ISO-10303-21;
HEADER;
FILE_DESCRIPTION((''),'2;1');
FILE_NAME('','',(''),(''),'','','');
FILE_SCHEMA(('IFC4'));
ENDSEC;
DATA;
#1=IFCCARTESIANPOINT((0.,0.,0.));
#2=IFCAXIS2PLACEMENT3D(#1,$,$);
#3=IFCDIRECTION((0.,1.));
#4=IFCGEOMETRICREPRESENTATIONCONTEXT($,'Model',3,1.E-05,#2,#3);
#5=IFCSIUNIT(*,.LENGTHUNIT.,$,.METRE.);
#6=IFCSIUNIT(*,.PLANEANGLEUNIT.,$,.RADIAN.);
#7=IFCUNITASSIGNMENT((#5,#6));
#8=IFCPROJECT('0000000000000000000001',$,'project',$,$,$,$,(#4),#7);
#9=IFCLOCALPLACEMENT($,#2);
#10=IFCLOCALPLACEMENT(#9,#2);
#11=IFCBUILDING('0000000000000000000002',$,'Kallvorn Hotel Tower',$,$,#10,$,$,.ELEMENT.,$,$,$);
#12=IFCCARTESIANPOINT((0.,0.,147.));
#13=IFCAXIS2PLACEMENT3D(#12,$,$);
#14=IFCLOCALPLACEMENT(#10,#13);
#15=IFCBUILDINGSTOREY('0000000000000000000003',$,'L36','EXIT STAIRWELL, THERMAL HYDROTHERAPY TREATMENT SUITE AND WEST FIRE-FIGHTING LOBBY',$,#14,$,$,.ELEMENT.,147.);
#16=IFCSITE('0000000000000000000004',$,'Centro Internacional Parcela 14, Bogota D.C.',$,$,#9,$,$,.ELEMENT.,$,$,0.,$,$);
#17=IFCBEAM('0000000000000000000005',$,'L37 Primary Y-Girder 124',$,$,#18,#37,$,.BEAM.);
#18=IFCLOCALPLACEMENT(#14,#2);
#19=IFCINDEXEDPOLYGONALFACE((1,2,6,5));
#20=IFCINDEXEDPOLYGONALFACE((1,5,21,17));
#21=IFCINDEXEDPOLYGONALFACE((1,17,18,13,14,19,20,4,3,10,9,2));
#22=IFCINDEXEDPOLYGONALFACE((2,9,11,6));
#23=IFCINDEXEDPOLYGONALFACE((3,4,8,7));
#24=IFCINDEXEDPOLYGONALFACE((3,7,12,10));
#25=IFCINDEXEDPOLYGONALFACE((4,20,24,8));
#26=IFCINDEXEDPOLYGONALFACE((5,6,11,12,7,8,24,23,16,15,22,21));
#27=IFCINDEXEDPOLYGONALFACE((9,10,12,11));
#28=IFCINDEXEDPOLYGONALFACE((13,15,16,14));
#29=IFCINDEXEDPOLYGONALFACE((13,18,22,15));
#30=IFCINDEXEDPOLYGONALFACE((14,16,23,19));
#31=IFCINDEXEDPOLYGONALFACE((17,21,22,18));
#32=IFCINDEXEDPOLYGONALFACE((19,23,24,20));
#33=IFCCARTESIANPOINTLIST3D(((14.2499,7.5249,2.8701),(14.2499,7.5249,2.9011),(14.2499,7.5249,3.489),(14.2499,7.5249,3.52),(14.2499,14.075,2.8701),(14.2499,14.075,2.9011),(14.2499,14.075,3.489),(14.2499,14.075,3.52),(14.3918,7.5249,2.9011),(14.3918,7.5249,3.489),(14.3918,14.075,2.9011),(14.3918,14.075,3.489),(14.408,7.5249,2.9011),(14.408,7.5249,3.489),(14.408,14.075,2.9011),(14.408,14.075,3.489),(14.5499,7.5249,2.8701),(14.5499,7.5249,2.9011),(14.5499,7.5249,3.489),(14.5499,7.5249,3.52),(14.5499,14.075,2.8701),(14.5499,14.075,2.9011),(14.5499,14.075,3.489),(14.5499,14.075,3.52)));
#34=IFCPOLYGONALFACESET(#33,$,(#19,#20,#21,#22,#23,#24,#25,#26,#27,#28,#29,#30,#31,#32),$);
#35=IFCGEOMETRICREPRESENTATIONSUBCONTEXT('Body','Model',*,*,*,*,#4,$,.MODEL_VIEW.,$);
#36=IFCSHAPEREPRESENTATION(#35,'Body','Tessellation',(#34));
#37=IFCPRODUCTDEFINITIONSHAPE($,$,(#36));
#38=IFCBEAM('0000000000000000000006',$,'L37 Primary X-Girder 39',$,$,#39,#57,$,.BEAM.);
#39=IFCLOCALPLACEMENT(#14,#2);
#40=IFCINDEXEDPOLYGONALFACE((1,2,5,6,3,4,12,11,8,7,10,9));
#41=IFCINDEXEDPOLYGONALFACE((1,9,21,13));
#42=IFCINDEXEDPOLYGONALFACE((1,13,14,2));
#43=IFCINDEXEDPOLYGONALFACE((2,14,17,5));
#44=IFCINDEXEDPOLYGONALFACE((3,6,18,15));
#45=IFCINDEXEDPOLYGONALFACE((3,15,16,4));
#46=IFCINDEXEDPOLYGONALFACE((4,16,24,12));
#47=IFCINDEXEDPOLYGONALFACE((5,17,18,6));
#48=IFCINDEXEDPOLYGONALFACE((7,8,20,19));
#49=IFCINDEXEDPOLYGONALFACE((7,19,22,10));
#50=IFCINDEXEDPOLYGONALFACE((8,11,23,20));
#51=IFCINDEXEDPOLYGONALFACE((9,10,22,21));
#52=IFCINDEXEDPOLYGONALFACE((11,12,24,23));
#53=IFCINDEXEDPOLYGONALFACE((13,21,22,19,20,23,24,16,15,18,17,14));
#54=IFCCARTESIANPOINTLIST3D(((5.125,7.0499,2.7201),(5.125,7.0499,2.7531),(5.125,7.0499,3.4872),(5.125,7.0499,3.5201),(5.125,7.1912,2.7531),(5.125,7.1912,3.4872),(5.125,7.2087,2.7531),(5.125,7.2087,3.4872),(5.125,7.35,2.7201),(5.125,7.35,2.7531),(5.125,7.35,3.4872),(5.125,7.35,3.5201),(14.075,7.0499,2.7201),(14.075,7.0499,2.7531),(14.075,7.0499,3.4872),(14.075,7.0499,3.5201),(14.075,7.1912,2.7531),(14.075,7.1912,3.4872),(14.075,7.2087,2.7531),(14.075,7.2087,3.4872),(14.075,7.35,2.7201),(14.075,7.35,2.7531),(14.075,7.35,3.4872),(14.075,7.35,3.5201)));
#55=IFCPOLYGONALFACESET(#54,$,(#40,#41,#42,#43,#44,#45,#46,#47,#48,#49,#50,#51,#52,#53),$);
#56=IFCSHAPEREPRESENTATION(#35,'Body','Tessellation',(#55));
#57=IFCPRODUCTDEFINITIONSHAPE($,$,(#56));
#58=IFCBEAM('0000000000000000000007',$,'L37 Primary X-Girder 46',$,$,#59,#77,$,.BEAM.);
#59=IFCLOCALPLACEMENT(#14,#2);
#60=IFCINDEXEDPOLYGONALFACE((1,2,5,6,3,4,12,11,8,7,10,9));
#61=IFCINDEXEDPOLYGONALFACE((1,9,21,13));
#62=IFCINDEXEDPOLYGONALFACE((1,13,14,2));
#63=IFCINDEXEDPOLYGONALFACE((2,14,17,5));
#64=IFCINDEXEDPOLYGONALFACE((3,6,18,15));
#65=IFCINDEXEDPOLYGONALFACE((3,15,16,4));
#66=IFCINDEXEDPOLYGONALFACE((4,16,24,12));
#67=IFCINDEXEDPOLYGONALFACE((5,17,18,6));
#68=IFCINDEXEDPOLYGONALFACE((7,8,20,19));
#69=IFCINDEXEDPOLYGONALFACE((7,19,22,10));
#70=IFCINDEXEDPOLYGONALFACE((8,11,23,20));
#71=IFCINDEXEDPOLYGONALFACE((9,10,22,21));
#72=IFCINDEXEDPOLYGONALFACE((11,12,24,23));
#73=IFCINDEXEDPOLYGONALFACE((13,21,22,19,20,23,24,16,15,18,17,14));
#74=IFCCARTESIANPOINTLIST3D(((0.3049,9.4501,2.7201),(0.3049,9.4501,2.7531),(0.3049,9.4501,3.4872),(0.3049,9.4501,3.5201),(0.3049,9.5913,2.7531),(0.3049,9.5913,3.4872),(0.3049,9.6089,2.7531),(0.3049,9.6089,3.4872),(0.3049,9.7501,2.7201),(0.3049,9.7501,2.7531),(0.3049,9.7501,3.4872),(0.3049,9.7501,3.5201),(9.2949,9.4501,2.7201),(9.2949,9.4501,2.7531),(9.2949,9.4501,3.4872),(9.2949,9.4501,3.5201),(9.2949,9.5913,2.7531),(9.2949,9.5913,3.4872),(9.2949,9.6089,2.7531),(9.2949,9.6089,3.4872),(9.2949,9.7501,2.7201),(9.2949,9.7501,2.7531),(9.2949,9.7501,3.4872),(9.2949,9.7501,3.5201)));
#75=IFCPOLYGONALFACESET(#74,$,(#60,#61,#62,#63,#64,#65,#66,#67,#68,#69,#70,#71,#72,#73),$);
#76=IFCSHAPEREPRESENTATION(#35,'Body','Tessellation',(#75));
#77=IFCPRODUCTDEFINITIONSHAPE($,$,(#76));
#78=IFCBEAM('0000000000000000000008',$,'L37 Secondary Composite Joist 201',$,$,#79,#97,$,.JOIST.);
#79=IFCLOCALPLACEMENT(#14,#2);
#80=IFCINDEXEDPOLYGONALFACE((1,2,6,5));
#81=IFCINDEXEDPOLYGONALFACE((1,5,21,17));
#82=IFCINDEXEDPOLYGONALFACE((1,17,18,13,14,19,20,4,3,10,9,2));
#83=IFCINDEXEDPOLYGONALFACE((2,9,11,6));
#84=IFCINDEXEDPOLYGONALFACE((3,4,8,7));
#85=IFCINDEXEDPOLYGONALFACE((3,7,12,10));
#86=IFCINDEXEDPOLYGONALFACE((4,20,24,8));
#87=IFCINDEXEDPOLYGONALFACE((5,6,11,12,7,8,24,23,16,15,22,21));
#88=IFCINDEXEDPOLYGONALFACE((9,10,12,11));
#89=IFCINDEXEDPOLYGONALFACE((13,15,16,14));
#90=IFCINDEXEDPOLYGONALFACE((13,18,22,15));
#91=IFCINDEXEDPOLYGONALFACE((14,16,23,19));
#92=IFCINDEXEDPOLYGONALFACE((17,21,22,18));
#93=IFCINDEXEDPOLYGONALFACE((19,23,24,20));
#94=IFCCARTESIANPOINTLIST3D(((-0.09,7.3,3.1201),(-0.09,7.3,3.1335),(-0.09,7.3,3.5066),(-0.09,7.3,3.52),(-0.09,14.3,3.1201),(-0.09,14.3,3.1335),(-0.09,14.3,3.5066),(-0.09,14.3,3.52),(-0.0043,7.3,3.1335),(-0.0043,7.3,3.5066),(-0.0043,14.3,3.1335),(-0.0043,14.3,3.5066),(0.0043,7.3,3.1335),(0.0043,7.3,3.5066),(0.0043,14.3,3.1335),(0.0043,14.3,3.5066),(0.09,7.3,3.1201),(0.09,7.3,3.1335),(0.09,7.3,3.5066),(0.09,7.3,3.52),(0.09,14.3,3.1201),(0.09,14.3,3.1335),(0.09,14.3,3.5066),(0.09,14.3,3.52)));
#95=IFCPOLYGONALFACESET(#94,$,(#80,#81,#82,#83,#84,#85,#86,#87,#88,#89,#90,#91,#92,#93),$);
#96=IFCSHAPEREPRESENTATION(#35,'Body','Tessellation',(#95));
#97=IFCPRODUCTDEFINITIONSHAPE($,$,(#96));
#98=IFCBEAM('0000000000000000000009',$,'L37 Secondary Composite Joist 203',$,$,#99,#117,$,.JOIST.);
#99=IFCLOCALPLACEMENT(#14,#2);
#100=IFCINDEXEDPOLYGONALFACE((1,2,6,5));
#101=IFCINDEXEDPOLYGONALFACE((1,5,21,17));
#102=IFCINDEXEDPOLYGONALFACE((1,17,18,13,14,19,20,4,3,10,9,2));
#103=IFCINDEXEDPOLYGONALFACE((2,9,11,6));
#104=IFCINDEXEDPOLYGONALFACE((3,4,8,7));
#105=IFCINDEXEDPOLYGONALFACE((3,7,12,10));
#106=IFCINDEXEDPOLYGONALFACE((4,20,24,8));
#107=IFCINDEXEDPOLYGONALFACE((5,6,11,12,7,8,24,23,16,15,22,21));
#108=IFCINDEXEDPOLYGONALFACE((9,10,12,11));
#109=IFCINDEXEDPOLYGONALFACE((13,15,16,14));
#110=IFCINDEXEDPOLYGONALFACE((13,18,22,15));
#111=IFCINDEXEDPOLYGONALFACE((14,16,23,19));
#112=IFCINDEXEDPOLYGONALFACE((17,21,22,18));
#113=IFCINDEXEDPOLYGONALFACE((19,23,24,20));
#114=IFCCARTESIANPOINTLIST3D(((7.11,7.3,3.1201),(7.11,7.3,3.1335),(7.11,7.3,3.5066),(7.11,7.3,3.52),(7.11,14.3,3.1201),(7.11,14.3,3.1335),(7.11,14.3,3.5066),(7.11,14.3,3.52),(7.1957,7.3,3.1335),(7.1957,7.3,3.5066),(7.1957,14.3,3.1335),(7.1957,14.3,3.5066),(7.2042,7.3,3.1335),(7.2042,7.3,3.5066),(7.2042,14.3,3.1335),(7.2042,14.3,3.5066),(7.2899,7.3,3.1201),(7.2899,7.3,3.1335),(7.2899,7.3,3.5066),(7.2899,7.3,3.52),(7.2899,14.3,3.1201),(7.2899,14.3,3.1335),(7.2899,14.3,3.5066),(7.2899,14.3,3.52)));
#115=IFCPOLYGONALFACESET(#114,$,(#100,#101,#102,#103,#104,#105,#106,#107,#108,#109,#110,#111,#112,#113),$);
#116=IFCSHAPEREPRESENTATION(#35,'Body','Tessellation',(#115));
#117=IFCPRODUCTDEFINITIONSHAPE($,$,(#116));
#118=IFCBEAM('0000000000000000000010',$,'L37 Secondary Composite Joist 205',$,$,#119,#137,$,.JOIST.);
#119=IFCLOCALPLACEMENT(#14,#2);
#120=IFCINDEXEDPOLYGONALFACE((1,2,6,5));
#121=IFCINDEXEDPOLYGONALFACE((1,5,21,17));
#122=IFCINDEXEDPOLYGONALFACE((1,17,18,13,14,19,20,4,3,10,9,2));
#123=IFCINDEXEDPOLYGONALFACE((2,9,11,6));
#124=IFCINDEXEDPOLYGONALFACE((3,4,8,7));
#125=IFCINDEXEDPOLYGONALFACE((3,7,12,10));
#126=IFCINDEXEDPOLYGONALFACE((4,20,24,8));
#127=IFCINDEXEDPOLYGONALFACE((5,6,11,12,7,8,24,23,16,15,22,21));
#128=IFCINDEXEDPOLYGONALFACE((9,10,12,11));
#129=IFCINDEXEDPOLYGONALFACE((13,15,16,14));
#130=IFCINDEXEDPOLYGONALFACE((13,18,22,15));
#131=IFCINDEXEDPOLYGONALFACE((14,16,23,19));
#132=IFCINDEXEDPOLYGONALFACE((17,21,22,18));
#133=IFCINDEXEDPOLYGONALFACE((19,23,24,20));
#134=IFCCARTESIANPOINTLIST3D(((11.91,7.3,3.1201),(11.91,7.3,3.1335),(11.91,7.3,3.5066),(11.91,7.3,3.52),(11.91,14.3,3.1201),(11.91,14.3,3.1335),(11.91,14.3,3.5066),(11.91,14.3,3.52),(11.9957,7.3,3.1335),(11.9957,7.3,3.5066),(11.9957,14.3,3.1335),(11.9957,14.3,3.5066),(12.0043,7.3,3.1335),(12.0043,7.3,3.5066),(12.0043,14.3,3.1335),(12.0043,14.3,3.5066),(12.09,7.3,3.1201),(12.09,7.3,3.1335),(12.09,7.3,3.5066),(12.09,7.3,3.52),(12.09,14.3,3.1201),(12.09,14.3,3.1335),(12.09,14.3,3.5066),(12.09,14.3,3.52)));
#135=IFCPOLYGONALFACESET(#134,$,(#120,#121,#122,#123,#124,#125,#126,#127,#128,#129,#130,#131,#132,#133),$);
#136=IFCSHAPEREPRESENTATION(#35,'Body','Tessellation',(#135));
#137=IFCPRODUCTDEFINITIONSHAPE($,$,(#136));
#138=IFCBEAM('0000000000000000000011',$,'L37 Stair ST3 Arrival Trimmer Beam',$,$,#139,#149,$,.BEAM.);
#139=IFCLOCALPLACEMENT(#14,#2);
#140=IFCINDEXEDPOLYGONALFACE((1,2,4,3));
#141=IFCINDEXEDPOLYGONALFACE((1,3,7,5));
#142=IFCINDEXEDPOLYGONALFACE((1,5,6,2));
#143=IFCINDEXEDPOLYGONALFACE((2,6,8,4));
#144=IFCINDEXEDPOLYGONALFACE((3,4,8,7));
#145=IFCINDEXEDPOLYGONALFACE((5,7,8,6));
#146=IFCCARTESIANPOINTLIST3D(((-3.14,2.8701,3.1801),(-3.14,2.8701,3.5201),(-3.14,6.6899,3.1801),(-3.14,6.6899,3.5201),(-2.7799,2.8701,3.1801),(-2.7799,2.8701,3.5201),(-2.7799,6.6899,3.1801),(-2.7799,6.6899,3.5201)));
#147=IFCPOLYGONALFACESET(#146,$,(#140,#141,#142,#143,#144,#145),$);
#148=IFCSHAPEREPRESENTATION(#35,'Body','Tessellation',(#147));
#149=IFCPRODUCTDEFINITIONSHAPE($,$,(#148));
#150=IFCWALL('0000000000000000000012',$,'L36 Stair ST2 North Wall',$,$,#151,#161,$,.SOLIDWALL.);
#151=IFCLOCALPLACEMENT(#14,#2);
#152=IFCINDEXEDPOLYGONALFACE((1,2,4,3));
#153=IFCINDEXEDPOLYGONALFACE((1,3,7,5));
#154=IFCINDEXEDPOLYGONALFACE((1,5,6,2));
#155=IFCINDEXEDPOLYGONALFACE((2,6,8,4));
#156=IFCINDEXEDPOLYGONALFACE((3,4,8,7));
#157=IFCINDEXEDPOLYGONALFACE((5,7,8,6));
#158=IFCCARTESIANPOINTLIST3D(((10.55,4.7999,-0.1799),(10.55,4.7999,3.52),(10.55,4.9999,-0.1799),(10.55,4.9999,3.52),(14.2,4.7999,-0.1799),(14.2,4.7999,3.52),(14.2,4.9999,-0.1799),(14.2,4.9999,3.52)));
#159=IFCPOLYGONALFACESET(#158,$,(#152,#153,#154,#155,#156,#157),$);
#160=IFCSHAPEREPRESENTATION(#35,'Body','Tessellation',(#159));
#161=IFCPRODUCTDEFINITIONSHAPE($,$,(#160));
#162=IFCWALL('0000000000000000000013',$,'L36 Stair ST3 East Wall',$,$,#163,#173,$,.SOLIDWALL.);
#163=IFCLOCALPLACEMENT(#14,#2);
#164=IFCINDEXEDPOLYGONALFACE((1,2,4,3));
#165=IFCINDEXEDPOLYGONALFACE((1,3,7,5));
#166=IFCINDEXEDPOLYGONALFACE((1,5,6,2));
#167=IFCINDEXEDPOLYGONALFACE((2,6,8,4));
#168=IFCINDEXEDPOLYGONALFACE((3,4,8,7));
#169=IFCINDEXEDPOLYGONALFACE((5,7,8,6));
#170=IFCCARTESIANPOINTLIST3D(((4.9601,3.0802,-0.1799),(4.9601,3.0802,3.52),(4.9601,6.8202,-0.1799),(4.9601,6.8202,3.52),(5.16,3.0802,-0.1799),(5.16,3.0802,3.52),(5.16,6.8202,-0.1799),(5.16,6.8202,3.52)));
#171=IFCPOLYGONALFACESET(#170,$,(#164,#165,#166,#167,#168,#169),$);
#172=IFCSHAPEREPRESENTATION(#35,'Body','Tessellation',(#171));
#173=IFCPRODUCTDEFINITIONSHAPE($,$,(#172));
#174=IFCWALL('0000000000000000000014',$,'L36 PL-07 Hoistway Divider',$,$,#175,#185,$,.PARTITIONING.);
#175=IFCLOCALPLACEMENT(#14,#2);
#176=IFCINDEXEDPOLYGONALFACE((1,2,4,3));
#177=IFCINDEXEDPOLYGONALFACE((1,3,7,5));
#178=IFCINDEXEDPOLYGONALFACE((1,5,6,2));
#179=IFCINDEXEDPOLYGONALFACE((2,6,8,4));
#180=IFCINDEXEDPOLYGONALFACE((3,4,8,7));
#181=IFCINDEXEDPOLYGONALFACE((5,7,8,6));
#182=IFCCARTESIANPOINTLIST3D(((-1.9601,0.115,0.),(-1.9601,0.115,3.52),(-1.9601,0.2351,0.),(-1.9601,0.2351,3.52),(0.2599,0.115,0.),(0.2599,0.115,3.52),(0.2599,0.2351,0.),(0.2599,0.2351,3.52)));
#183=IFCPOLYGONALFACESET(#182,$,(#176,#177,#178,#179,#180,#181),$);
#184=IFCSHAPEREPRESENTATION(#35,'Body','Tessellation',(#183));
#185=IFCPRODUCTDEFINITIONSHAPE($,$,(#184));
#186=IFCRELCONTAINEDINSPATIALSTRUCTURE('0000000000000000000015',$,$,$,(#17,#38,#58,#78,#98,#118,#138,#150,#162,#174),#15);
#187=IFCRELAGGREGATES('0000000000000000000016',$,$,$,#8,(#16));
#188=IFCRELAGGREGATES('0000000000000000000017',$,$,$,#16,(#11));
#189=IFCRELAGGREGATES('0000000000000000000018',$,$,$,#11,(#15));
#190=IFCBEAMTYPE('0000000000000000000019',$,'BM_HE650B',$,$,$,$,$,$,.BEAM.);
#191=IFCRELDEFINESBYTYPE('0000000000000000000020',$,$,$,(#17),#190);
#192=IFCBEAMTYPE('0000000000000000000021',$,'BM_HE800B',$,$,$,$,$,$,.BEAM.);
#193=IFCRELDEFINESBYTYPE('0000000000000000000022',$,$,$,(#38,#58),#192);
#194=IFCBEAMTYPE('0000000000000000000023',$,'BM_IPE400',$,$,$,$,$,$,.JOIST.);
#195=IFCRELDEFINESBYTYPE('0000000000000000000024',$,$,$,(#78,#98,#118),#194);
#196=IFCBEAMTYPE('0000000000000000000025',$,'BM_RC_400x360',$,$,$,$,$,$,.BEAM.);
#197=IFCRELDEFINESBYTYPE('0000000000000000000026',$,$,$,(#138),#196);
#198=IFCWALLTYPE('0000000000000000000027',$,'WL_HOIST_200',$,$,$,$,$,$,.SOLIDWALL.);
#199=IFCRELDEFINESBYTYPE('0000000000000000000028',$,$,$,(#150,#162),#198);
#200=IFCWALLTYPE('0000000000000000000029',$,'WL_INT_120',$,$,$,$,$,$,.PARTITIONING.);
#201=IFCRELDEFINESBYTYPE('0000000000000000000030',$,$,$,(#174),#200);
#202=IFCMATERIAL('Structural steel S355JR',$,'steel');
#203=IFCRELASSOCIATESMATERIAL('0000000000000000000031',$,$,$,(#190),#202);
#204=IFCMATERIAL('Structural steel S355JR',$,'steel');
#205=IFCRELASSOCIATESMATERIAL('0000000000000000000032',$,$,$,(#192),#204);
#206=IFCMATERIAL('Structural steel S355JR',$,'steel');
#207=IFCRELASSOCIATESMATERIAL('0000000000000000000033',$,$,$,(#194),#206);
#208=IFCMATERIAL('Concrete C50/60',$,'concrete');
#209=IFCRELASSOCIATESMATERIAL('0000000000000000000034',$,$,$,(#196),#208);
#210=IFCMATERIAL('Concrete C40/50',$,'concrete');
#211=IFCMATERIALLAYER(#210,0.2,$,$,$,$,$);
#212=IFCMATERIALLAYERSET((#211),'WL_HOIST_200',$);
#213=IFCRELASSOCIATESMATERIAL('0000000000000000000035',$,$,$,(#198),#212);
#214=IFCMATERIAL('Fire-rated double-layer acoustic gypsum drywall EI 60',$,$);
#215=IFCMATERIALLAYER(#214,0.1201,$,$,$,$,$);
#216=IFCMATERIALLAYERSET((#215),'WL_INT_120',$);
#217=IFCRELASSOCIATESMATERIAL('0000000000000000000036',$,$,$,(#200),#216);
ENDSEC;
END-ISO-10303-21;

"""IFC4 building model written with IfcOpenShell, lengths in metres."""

from ifc_helpers import new_model, si_unit, direction, frame, frame_2d, origin, origin_2d, place, context, subcontext, project, spatial, rectangle, i_section, extrude, material, layer, layer_set, material_profile, profile_set, type_object, element, save


model = new_model("IFC4")

# Units and contexts
model_context = context("Model", 3, precision=1e-05, world=origin(), true_north=direction((0.0, 1.0)))
body_context = subcontext(model_context, "Body", "Model", "MODEL_VIEW")
ifc_project = project(units=[si_unit("LENGTHUNIT", "METRE"), si_unit("PLANEANGLEUNIT", "RADIAN")], contexts=[model_context])

# Site, building, storey
site_placement = place(None, origin())
site = spatial("IfcSite", under=ifc_project, at=site_placement, Name="Centro Internacional Parcela 14, Bogota D.C.", CompositionType="ELEMENT", RefElevation=0.0)
building_placement = place(site_placement, origin())
building = spatial("IfcBuilding", under=site, at=building_placement, Name="Kallvorn Hotel Tower", CompositionType="ELEMENT")
storey_placement = place(building_placement, frame((0.0, 0.0, 147.0)))
storey = spatial("IfcBuildingStorey", under=building, at=storey_placement, Name="L36", Description="EXIT STAIRWELL, THERMAL HYDROTHERAPY TREATMENT SUITE AND WEST FIRE-FIGHTING LOBBY", CompositionType="ELEMENT", Elevation=147.0)

# Beams
ifc_material_1 = material(Name="Structural steel S355JR", Category="steel")
ifc_material_profile_1 = material_profile(ifc_material_1, i_section(OverallWidth=0.3, OverallDepth=0.6499, WebThickness=0.0161, FlangeThickness=0.031, at=origin_2d()), Name="HE 650 B")
ifc_profile_set_1 = profile_set([ifc_material_profile_1], Name="Structural steel S355JR")
beam_type_1 = type_object("IfcBeamType", Name="BM_HE650B", PredefinedType="BEAM", material=ifc_profile_set_1)
for number, where, z_axis, x_axis, name in (
    (1, (14.3999, 7.5249, 3.1951), (0.0, 1.0, 0.0), (-1.0, 0.0, 0.0), "L37 Primary Y-Girder 124"),
):
    element("IfcBeam", number, at=place(storey_placement, frame(where, z_axis=z_axis, x_axis=x_axis)), inside=storey, type_object=beam_type_1, Name=name, PredefinedType="BEAM", context=body_context, shape_type="SweptSolid", body=[
        extrude(i_section(OverallWidth=0.3, OverallDepth=0.6499, WebThickness=0.0161, FlangeThickness=0.031, at=origin_2d()), origin(), (0.0, 0.0, 1.0), 6.55),
    ])
ifc_material_2 = material(Name="Structural steel S355JR", Category="steel")
ifc_material_profile_2 = material_profile(ifc_material_2, i_section(OverallWidth=0.3, OverallDepth=0.8, WebThickness=0.0176, FlangeThickness=0.033, at=origin_2d()), Name="HE 800 B")
ifc_profile_set_2 = profile_set([ifc_material_profile_2], Name="Structural steel S355JR")
beam_type_2 = type_object("IfcBeamType", Name="BM_HE800B", PredefinedType="BEAM", material=ifc_profile_set_2)
beam_1_placement = place(storey_placement, frame((5.125, 7.2, 3.1201), z_axis=(1.0, 0.0, 0.0), x_axis=(0.0, 1.0, 0.0)))
element("IfcBeam", 2, at=beam_1_placement, inside=storey, type_object=beam_type_2, Name="L37 Primary X-Girder 39", PredefinedType="BEAM", context=body_context, shape_type="SweptSolid", body=[
    extrude(i_section(OverallWidth=0.3, OverallDepth=0.8, WebThickness=0.0176, FlangeThickness=0.033, at=origin_2d()), origin(), (0.0, 0.0, 1.0), 8.95),
])
beam_2_placement = place(storey_placement, frame((0.3049, 9.6001, 3.1201), z_axis=(1.0, 0.0, 0.0), x_axis=(0.0, 1.0, 0.0)))
element("IfcBeam", 3, at=beam_2_placement, inside=storey, type_object=beam_type_2, Name="L37 Primary X-Girder 46", PredefinedType="BEAM", context=body_context, shape_type="SweptSolid", body=[
    extrude(i_section(OverallWidth=0.3, OverallDepth=0.8, WebThickness=0.0176, FlangeThickness=0.033, at=origin_2d()), origin(), (0.0, 0.0, 1.0), 8.99),
])
ifc_material_3 = material(Name="Structural steel S355JR", Category="steel")
ifc_material_profile_3 = material_profile(ifc_material_3, i_section(OverallWidth=0.1799, OverallDepth=0.3999, WebThickness=0.0085, FlangeThickness=0.0134, at=origin_2d()), Name="IPE 400")
ifc_profile_set_3 = profile_set([ifc_material_profile_3], Name="Structural steel S355JR")
beam_type_3 = type_object("IfcBeamType", Name="BM_IPE400", PredefinedType="JOIST", material=ifc_profile_set_3)
for number, where, z_axis, x_axis, name in (
    (4, (0.0, 7.3, 3.3201), (0.0, 1.0, 0.0), (-1.0, 0.0, 0.0), "L37 Secondary Composite Joist 201"),
    (5, (7.2, 7.3, 3.3201), (0.0, 1.0, 0.0), (-1.0, 0.0, 0.0), "L37 Secondary Composite Joist 203"),
    (6, (12.0, 7.3, 3.3201), (0.0, 1.0, 0.0), (-1.0, 0.0, 0.0), "L37 Secondary Composite Joist 205"),
):
    element("IfcBeam", number, at=place(storey_placement, frame(where, z_axis=z_axis, x_axis=x_axis)), inside=storey, type_object=beam_type_3, Name=name, PredefinedType="JOIST", context=body_context, shape_type="SweptSolid", body=[
        extrude(i_section(OverallWidth=0.1799, OverallDepth=0.3999, WebThickness=0.0085, FlangeThickness=0.0134, at=origin_2d()), origin(), (0.0, 0.0, 1.0), 7.0),
    ])
ifc_material_4 = material(Name="Concrete C50/60", Category="concrete")
ifc_material_profile_4 = material_profile(ifc_material_4, rectangle(XDim=0.3601, YDim=0.3401, at=origin_2d()), Name="RC 360x340")
ifc_profile_set_4 = profile_set([ifc_material_profile_4], Name="Concrete C50/60")
beam_type_4 = type_object("IfcBeamType", Name="BM_RC_400x360", PredefinedType="BEAM", material=ifc_profile_set_4)
beam_3_placement = place(storey_placement, frame((-2.96, 2.8701, 3.3501), z_axis=(0.0, 1.0, 0.0), x_axis=(-1.0, 0.0, 0.0)))
element("IfcBeam", 7, at=beam_3_placement, inside=storey, type_object=beam_type_4, Name="L37 Stair ST3 Arrival Trimmer Beam", PredefinedType="BEAM", context=body_context, shape_type="SweptSolid", body=[
    extrude(rectangle(XDim=0.3601, YDim=0.3401, at=origin_2d()), origin(), (0.0, 0.0, 1.0), 3.8198),
])

# Walls
ifc_material_5 = material(Name="Concrete C40/50", Category="concrete")
ifc_layer_1 = layer(ifc_material_5, 0.2)
ifc_layer_set_1 = layer_set([ifc_layer_1], Name="WL_HOIST_200")
wall_type_1 = type_object("IfcWallType", Name="WL_HOIST_200", PredefinedType="SOLIDWALL", material=ifc_layer_set_1)
wall_1_placement = place(storey_placement, frame((10.55, 4.8999, -0.1799), z_axis=(0.0, 0.0, 1.0), x_axis=(1.0, 0.0, 0.0)))
element("IfcWall", 8, at=wall_1_placement, inside=storey, type_object=wall_type_1, Name="L36 Stair ST2 North Wall", PredefinedType="SOLIDWALL", context=body_context, shape_type="SweptSolid", body=[
    extrude(rectangle(XDim=3.6499, YDim=0.2, at=frame_2d((1.825, 0.0))), origin(), (0.0, 0.0, 1.0), 3.7),
])
wall_2_placement = place(storey_placement, frame((5.0601, 3.0801, -0.1799), z_axis=(0.0, 0.0, 1.0), x_axis=(0.0, 1.0, 0.0)))
element("IfcWall", 9, at=wall_2_placement, inside=storey, type_object=wall_type_1, Name="L36 Stair ST3 East Wall", PredefinedType="SOLIDWALL", context=body_context, shape_type="SweptSolid", body=[
    extrude(rectangle(XDim=3.74, YDim=0.2, at=frame_2d((1.8701, 0.0))), origin(), (0.0, 0.0, 1.0), 3.7),
])
ifc_material_6 = material(Name="Fire-rated double-layer acoustic gypsum drywall EI 60")
ifc_layer_2 = layer(ifc_material_6, 0.1201)
ifc_layer_set_2 = layer_set([ifc_layer_2], Name="WL_INT_120")
wall_type_2 = type_object("IfcWallType", Name="WL_INT_120", PredefinedType="PARTITIONING", material=ifc_layer_set_2)
for number, where, z_axis, x_axis, name in (
    (10, (-1.96, 0.175, 0.0), (0.0, 0.0, 1.0), (1.0, 0.0, 0.0), "L36 PL-07 Hoistway Divider"),
):
    element("IfcWall", number, at=place(storey_placement, frame(where, z_axis=z_axis, x_axis=x_axis)), inside=storey, type_object=wall_type_2, Name=name, PredefinedType="PARTITIONING", context=body_context, shape_type="SweptSolid", body=[
        extrude(rectangle(XDim=2.22, YDim=0.1201, at=frame_2d((1.1099, 0.0))), origin(), (0.0, 0.0, 1.0), 3.52),
    ])

save(model, "model.ifc")
